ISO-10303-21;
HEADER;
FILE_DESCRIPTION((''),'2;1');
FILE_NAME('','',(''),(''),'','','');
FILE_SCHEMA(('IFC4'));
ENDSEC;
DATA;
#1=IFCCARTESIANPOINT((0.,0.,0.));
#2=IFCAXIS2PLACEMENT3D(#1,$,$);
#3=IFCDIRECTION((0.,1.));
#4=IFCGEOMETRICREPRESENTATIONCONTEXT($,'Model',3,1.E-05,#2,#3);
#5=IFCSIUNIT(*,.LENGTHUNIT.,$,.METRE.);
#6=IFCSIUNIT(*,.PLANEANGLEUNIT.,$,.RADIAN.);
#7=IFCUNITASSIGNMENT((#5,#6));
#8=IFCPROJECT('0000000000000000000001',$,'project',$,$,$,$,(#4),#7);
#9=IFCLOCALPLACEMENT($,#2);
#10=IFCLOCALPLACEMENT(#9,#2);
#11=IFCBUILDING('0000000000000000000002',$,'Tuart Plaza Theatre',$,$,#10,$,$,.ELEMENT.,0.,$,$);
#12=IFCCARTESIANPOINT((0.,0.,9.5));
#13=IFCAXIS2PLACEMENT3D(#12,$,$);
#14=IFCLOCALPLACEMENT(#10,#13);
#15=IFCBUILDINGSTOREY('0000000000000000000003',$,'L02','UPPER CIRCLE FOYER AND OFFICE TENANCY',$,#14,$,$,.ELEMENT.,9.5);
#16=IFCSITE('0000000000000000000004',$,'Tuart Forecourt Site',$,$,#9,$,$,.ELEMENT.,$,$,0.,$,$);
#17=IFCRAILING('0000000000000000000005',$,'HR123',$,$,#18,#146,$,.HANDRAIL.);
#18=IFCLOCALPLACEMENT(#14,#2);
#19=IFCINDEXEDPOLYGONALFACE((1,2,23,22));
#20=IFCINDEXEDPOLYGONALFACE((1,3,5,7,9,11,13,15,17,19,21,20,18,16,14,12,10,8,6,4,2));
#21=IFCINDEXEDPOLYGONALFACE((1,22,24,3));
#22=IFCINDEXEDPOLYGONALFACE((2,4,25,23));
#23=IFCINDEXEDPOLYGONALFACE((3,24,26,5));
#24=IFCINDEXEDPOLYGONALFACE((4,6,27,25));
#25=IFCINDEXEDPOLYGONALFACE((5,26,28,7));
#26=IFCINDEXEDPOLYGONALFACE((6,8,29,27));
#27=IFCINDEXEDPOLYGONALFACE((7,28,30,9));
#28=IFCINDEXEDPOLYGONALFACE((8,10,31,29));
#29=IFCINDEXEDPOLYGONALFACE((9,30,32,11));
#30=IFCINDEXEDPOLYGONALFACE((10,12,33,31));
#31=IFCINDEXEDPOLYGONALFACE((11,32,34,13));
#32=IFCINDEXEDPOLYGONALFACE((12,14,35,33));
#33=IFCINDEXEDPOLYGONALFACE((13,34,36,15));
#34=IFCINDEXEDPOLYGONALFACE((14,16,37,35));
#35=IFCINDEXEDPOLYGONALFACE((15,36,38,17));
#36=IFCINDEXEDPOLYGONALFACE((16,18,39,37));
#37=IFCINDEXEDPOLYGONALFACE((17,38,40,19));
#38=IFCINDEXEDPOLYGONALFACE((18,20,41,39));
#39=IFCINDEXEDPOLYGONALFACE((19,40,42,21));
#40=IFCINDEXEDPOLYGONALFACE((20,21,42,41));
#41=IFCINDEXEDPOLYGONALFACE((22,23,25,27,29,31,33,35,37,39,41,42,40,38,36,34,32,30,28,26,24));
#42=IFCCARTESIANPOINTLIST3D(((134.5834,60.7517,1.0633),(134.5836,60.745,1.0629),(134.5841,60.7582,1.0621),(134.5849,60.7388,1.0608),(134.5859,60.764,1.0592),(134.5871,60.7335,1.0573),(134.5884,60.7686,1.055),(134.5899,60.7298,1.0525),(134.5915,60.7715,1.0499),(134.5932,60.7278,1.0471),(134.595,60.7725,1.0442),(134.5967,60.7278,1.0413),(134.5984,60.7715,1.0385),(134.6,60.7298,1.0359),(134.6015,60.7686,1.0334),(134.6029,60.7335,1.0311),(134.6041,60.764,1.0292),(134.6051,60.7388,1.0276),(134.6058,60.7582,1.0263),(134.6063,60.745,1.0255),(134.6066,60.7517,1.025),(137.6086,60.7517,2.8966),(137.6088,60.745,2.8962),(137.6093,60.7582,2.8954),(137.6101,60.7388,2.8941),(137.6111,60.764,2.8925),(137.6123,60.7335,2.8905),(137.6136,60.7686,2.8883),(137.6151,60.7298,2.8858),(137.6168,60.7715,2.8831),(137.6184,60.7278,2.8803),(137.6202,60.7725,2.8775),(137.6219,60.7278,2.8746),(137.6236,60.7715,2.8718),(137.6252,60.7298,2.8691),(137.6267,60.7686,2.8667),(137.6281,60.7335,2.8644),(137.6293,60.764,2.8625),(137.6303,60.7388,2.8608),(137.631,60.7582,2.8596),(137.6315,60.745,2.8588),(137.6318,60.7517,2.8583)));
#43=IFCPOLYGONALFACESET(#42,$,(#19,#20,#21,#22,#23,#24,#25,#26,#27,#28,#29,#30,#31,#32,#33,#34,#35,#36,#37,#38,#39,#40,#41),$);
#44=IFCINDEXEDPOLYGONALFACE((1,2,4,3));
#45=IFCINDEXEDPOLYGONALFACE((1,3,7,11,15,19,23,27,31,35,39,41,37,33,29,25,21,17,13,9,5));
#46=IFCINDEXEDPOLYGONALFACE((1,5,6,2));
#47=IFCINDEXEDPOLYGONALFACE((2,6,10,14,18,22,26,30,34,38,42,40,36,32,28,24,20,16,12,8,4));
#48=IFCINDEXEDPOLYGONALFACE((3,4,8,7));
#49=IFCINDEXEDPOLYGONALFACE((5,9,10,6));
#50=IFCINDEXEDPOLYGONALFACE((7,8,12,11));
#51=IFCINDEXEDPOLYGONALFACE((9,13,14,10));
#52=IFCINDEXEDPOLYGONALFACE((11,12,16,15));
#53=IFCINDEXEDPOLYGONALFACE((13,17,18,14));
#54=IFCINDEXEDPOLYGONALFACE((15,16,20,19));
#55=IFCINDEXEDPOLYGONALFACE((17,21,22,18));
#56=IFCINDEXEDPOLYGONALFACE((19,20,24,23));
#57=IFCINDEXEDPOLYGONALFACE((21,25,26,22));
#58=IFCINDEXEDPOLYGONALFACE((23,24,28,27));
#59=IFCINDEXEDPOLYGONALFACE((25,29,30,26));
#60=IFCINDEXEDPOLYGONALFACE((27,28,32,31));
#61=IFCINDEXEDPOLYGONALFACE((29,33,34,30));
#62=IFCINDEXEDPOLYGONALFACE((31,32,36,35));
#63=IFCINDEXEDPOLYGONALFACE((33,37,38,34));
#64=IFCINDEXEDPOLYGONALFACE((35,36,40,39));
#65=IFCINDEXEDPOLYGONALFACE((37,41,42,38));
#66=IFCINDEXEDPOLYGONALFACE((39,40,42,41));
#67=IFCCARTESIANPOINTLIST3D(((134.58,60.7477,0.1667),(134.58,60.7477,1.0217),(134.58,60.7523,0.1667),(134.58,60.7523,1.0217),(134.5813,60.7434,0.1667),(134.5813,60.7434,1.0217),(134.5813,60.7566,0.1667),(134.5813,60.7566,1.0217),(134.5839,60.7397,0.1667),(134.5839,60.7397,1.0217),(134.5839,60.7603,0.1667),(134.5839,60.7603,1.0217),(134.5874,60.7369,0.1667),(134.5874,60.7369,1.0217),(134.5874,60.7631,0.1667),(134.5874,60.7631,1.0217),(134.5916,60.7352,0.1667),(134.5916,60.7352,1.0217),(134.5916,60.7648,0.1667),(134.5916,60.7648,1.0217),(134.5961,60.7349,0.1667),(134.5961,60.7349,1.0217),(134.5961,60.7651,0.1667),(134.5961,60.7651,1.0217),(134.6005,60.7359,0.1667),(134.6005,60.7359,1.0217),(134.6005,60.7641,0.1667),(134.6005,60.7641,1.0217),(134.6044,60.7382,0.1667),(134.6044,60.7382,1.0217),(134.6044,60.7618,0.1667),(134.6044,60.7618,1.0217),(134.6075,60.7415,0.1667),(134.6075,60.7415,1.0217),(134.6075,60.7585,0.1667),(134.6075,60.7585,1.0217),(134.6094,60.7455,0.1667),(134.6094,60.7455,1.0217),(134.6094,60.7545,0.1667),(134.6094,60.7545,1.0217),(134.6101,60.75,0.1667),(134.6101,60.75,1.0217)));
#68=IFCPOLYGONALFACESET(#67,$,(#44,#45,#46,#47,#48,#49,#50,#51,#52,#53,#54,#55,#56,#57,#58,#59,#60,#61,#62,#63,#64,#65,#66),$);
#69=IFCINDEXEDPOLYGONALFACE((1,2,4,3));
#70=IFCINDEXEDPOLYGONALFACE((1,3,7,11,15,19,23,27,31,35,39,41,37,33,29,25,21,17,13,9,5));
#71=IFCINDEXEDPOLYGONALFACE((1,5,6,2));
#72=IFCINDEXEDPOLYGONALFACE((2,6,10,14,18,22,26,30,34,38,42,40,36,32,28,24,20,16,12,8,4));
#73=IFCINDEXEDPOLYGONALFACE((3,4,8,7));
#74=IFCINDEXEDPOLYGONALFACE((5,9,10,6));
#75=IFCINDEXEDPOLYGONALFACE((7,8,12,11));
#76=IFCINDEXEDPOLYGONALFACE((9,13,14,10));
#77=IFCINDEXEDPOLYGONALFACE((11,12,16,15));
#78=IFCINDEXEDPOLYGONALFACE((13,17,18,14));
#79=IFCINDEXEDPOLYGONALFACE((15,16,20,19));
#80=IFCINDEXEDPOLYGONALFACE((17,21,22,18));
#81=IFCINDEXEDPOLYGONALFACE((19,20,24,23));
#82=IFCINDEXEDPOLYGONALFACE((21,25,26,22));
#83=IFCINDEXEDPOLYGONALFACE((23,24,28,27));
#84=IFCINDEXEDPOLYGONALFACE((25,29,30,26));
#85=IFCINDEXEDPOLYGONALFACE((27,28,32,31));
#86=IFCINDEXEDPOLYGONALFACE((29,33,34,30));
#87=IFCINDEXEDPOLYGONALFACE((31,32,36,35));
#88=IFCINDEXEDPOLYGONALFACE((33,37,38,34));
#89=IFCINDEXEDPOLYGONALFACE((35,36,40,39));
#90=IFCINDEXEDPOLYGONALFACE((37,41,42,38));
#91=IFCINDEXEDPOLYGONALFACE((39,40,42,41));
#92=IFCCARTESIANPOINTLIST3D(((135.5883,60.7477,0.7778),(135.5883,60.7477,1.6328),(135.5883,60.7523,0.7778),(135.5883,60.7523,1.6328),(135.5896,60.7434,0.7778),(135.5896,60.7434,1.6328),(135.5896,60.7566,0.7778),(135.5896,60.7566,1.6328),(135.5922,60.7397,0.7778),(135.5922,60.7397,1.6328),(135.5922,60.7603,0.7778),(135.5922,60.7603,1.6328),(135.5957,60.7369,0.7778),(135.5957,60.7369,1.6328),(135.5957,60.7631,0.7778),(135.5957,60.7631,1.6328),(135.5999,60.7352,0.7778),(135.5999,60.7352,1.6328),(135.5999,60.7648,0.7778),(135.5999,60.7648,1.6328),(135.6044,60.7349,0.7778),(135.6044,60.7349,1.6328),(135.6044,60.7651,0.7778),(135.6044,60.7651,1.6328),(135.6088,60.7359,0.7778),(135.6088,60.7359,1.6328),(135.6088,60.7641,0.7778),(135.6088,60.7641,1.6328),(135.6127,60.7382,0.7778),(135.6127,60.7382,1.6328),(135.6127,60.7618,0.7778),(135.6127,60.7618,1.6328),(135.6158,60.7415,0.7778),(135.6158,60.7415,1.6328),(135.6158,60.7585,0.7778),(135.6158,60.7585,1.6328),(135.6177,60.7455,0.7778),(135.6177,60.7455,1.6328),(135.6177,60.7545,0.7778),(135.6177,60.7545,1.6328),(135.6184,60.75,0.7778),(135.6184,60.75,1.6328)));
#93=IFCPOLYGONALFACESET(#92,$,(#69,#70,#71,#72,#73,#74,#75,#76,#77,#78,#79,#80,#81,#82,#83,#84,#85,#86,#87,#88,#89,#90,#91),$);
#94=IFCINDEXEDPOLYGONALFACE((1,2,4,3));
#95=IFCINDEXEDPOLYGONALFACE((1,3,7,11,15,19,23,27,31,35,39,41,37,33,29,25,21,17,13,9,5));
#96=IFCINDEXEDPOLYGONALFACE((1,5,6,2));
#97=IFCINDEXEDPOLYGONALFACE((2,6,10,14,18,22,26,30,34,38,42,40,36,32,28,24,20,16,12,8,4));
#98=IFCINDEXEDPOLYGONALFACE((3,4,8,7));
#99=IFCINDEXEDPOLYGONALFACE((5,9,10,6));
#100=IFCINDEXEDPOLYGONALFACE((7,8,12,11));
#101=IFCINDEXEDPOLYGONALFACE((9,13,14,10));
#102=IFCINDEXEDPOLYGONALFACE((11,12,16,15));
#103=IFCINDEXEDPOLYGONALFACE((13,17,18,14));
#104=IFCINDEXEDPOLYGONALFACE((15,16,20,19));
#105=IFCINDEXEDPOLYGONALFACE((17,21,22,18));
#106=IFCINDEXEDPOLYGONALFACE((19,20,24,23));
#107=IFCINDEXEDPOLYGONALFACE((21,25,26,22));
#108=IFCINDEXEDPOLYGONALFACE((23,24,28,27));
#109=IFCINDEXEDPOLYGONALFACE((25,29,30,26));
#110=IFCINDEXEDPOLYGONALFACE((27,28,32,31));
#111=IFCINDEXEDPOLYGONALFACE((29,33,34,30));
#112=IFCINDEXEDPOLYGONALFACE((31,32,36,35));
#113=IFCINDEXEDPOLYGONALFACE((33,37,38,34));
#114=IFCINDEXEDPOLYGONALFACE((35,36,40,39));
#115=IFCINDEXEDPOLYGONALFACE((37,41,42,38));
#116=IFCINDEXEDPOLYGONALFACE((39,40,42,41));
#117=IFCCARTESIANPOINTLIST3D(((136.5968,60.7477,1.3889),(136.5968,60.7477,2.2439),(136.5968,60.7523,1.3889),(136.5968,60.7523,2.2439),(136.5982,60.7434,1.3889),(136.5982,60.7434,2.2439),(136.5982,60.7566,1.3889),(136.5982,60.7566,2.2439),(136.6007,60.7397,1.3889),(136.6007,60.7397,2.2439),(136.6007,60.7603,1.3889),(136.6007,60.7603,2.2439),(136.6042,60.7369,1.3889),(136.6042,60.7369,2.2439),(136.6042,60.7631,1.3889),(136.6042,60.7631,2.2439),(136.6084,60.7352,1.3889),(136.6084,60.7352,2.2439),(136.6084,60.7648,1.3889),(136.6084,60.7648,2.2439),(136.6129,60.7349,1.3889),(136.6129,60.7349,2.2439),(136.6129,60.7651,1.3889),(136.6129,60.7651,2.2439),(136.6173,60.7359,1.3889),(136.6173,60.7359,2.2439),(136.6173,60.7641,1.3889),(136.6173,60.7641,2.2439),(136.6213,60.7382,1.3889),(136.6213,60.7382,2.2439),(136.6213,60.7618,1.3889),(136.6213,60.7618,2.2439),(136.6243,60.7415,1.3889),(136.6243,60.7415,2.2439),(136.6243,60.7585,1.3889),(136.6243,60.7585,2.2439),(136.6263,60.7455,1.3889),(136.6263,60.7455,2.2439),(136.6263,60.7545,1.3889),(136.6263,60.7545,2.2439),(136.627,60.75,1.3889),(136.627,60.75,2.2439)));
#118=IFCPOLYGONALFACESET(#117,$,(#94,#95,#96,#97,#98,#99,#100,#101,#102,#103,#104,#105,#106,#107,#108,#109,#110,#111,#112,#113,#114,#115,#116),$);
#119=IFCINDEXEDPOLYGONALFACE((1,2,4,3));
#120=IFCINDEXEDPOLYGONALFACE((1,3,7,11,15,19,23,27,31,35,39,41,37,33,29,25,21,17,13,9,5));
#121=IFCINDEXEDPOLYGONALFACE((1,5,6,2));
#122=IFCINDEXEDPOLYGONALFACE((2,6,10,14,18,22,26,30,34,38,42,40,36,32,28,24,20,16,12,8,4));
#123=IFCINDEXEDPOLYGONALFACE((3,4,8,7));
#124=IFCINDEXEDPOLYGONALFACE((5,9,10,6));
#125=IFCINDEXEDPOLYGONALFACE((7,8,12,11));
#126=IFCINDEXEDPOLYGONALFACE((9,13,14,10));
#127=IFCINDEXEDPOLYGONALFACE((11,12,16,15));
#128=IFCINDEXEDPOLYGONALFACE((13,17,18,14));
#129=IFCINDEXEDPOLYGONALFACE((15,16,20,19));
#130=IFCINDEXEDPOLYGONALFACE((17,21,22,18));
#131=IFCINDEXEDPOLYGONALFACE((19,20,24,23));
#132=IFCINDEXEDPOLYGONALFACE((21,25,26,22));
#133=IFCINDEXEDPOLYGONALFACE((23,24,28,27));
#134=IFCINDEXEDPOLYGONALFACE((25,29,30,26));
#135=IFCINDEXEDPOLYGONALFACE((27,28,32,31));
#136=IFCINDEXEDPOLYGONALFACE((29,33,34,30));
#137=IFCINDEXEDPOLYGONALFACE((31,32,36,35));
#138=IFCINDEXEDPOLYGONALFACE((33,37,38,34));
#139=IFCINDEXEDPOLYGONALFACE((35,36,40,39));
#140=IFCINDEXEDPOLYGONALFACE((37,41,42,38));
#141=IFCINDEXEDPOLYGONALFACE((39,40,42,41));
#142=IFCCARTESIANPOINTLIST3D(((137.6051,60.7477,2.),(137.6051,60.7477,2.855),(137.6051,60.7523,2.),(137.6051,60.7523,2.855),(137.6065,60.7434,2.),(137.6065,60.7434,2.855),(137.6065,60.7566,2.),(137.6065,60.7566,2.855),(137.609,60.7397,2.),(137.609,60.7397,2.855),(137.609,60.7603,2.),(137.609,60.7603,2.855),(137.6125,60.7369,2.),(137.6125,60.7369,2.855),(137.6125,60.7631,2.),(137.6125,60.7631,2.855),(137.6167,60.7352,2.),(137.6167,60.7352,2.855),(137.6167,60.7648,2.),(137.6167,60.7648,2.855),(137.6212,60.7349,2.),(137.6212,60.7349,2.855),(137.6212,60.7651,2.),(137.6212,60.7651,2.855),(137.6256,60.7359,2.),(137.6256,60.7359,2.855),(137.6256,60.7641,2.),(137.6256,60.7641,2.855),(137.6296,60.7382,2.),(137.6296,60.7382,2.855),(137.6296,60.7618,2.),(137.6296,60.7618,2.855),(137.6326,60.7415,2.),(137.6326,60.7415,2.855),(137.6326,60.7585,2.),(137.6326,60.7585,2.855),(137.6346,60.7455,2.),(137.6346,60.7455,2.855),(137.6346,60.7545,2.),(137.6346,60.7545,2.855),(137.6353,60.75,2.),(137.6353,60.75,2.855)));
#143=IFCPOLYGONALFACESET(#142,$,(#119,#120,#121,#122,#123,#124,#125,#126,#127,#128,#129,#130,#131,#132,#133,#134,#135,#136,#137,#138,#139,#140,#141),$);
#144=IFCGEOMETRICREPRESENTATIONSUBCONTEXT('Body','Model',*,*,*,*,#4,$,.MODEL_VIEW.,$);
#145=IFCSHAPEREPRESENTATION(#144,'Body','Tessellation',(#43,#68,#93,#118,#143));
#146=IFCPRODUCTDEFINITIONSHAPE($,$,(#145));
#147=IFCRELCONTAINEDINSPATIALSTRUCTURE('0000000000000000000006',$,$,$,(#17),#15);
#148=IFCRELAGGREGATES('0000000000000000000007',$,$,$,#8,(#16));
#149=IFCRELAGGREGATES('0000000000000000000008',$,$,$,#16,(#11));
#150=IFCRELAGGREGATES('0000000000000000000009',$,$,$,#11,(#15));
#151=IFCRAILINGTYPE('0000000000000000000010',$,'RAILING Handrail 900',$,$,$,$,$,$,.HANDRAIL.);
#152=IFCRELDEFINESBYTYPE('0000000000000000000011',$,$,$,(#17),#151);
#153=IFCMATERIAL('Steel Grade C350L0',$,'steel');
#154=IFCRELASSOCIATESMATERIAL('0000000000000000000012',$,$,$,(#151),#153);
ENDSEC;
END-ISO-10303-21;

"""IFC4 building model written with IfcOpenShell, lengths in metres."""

from ifc_helpers import new_model, si_unit, direction, frame, origin, origin_2d, place, context, subcontext, project, spatial, circle, extrude, material, type_object, element, save


model = new_model("IFC4")

# Units and contexts
model_context = context("Model", 3, precision=1e-05, world=origin(), true_north=direction((0.0, 1.0)))
body_context = subcontext(model_context, "Body", "Model", "MODEL_VIEW")
ifc_project = project(units=[si_unit("LENGTHUNIT", "METRE"), si_unit("PLANEANGLEUNIT", "RADIAN")], contexts=[model_context])

# Site, building, storey
site_placement = place(None, origin())
site = spatial("IfcSite", under=ifc_project, at=site_placement, Name="Tuart Forecourt Site", CompositionType="ELEMENT", RefElevation=0.0)
building_placement = place(site_placement, origin())
building = spatial("IfcBuilding", under=site, at=building_placement, Name="Tuart Plaza Theatre", CompositionType="ELEMENT", ElevationOfRefHeight=0.0)
storey_placement = place(building_placement, frame((0.0, 0.0, 9.5)))
storey = spatial("IfcBuildingStorey", under=building, at=storey_placement, Name="L02", Description="UPPER CIRCLE FOYER AND OFFICE TENANCY", CompositionType="ELEMENT", Elevation=9.5)

# Railing
ifc_material_1 = material(Name="Steel Grade C350L0", Category="steel")
railing_type_1 = type_object("IfcRailingType", Name="RAILING Handrail 900", PredefinedType="HANDRAIL", material=ifc_material_1)
for number, where, name in (
    (1, (134.595, 60.75, 0.1667), "HR123"),
):
    element("IfcRailing", number, at=place(storey_placement, frame(where)), inside=storey, type_object=railing_type_1, Name=name, PredefinedType="HANDRAIL", context=body_context, shape_type="SweptSolid", body=[
        extrude(circle(Radius=0.0225, at=origin_2d()), frame((0.0, 0.0, 0.8774), z_axis=(0.855219, 0.0, 0.518267), x_axis=(0.0, 1.0, 0.0)), (0.0, 0.0, 1.0), 3.5374),
        extrude(circle(Radius=0.0151, at=origin_2d()), origin(), (0.0, 0.0, 1.0), 0.855),
        extrude(circle(Radius=0.0151, at=origin_2d()), frame((1.0083, 0.0, 0.6111)), (0.0, 0.0, 1.0), 0.855),
        extrude(circle(Radius=0.0151, at=origin_2d()), frame((2.0168, 0.0, 1.2222)), (0.0, 0.0, 1.0), 0.855),
        extrude(circle(Radius=0.0151, at=origin_2d()), frame((3.0251, 0.0, 1.8333)), (0.0, 0.0, 1.0), 0.855),
    ])

save(model, "model.ifc")
